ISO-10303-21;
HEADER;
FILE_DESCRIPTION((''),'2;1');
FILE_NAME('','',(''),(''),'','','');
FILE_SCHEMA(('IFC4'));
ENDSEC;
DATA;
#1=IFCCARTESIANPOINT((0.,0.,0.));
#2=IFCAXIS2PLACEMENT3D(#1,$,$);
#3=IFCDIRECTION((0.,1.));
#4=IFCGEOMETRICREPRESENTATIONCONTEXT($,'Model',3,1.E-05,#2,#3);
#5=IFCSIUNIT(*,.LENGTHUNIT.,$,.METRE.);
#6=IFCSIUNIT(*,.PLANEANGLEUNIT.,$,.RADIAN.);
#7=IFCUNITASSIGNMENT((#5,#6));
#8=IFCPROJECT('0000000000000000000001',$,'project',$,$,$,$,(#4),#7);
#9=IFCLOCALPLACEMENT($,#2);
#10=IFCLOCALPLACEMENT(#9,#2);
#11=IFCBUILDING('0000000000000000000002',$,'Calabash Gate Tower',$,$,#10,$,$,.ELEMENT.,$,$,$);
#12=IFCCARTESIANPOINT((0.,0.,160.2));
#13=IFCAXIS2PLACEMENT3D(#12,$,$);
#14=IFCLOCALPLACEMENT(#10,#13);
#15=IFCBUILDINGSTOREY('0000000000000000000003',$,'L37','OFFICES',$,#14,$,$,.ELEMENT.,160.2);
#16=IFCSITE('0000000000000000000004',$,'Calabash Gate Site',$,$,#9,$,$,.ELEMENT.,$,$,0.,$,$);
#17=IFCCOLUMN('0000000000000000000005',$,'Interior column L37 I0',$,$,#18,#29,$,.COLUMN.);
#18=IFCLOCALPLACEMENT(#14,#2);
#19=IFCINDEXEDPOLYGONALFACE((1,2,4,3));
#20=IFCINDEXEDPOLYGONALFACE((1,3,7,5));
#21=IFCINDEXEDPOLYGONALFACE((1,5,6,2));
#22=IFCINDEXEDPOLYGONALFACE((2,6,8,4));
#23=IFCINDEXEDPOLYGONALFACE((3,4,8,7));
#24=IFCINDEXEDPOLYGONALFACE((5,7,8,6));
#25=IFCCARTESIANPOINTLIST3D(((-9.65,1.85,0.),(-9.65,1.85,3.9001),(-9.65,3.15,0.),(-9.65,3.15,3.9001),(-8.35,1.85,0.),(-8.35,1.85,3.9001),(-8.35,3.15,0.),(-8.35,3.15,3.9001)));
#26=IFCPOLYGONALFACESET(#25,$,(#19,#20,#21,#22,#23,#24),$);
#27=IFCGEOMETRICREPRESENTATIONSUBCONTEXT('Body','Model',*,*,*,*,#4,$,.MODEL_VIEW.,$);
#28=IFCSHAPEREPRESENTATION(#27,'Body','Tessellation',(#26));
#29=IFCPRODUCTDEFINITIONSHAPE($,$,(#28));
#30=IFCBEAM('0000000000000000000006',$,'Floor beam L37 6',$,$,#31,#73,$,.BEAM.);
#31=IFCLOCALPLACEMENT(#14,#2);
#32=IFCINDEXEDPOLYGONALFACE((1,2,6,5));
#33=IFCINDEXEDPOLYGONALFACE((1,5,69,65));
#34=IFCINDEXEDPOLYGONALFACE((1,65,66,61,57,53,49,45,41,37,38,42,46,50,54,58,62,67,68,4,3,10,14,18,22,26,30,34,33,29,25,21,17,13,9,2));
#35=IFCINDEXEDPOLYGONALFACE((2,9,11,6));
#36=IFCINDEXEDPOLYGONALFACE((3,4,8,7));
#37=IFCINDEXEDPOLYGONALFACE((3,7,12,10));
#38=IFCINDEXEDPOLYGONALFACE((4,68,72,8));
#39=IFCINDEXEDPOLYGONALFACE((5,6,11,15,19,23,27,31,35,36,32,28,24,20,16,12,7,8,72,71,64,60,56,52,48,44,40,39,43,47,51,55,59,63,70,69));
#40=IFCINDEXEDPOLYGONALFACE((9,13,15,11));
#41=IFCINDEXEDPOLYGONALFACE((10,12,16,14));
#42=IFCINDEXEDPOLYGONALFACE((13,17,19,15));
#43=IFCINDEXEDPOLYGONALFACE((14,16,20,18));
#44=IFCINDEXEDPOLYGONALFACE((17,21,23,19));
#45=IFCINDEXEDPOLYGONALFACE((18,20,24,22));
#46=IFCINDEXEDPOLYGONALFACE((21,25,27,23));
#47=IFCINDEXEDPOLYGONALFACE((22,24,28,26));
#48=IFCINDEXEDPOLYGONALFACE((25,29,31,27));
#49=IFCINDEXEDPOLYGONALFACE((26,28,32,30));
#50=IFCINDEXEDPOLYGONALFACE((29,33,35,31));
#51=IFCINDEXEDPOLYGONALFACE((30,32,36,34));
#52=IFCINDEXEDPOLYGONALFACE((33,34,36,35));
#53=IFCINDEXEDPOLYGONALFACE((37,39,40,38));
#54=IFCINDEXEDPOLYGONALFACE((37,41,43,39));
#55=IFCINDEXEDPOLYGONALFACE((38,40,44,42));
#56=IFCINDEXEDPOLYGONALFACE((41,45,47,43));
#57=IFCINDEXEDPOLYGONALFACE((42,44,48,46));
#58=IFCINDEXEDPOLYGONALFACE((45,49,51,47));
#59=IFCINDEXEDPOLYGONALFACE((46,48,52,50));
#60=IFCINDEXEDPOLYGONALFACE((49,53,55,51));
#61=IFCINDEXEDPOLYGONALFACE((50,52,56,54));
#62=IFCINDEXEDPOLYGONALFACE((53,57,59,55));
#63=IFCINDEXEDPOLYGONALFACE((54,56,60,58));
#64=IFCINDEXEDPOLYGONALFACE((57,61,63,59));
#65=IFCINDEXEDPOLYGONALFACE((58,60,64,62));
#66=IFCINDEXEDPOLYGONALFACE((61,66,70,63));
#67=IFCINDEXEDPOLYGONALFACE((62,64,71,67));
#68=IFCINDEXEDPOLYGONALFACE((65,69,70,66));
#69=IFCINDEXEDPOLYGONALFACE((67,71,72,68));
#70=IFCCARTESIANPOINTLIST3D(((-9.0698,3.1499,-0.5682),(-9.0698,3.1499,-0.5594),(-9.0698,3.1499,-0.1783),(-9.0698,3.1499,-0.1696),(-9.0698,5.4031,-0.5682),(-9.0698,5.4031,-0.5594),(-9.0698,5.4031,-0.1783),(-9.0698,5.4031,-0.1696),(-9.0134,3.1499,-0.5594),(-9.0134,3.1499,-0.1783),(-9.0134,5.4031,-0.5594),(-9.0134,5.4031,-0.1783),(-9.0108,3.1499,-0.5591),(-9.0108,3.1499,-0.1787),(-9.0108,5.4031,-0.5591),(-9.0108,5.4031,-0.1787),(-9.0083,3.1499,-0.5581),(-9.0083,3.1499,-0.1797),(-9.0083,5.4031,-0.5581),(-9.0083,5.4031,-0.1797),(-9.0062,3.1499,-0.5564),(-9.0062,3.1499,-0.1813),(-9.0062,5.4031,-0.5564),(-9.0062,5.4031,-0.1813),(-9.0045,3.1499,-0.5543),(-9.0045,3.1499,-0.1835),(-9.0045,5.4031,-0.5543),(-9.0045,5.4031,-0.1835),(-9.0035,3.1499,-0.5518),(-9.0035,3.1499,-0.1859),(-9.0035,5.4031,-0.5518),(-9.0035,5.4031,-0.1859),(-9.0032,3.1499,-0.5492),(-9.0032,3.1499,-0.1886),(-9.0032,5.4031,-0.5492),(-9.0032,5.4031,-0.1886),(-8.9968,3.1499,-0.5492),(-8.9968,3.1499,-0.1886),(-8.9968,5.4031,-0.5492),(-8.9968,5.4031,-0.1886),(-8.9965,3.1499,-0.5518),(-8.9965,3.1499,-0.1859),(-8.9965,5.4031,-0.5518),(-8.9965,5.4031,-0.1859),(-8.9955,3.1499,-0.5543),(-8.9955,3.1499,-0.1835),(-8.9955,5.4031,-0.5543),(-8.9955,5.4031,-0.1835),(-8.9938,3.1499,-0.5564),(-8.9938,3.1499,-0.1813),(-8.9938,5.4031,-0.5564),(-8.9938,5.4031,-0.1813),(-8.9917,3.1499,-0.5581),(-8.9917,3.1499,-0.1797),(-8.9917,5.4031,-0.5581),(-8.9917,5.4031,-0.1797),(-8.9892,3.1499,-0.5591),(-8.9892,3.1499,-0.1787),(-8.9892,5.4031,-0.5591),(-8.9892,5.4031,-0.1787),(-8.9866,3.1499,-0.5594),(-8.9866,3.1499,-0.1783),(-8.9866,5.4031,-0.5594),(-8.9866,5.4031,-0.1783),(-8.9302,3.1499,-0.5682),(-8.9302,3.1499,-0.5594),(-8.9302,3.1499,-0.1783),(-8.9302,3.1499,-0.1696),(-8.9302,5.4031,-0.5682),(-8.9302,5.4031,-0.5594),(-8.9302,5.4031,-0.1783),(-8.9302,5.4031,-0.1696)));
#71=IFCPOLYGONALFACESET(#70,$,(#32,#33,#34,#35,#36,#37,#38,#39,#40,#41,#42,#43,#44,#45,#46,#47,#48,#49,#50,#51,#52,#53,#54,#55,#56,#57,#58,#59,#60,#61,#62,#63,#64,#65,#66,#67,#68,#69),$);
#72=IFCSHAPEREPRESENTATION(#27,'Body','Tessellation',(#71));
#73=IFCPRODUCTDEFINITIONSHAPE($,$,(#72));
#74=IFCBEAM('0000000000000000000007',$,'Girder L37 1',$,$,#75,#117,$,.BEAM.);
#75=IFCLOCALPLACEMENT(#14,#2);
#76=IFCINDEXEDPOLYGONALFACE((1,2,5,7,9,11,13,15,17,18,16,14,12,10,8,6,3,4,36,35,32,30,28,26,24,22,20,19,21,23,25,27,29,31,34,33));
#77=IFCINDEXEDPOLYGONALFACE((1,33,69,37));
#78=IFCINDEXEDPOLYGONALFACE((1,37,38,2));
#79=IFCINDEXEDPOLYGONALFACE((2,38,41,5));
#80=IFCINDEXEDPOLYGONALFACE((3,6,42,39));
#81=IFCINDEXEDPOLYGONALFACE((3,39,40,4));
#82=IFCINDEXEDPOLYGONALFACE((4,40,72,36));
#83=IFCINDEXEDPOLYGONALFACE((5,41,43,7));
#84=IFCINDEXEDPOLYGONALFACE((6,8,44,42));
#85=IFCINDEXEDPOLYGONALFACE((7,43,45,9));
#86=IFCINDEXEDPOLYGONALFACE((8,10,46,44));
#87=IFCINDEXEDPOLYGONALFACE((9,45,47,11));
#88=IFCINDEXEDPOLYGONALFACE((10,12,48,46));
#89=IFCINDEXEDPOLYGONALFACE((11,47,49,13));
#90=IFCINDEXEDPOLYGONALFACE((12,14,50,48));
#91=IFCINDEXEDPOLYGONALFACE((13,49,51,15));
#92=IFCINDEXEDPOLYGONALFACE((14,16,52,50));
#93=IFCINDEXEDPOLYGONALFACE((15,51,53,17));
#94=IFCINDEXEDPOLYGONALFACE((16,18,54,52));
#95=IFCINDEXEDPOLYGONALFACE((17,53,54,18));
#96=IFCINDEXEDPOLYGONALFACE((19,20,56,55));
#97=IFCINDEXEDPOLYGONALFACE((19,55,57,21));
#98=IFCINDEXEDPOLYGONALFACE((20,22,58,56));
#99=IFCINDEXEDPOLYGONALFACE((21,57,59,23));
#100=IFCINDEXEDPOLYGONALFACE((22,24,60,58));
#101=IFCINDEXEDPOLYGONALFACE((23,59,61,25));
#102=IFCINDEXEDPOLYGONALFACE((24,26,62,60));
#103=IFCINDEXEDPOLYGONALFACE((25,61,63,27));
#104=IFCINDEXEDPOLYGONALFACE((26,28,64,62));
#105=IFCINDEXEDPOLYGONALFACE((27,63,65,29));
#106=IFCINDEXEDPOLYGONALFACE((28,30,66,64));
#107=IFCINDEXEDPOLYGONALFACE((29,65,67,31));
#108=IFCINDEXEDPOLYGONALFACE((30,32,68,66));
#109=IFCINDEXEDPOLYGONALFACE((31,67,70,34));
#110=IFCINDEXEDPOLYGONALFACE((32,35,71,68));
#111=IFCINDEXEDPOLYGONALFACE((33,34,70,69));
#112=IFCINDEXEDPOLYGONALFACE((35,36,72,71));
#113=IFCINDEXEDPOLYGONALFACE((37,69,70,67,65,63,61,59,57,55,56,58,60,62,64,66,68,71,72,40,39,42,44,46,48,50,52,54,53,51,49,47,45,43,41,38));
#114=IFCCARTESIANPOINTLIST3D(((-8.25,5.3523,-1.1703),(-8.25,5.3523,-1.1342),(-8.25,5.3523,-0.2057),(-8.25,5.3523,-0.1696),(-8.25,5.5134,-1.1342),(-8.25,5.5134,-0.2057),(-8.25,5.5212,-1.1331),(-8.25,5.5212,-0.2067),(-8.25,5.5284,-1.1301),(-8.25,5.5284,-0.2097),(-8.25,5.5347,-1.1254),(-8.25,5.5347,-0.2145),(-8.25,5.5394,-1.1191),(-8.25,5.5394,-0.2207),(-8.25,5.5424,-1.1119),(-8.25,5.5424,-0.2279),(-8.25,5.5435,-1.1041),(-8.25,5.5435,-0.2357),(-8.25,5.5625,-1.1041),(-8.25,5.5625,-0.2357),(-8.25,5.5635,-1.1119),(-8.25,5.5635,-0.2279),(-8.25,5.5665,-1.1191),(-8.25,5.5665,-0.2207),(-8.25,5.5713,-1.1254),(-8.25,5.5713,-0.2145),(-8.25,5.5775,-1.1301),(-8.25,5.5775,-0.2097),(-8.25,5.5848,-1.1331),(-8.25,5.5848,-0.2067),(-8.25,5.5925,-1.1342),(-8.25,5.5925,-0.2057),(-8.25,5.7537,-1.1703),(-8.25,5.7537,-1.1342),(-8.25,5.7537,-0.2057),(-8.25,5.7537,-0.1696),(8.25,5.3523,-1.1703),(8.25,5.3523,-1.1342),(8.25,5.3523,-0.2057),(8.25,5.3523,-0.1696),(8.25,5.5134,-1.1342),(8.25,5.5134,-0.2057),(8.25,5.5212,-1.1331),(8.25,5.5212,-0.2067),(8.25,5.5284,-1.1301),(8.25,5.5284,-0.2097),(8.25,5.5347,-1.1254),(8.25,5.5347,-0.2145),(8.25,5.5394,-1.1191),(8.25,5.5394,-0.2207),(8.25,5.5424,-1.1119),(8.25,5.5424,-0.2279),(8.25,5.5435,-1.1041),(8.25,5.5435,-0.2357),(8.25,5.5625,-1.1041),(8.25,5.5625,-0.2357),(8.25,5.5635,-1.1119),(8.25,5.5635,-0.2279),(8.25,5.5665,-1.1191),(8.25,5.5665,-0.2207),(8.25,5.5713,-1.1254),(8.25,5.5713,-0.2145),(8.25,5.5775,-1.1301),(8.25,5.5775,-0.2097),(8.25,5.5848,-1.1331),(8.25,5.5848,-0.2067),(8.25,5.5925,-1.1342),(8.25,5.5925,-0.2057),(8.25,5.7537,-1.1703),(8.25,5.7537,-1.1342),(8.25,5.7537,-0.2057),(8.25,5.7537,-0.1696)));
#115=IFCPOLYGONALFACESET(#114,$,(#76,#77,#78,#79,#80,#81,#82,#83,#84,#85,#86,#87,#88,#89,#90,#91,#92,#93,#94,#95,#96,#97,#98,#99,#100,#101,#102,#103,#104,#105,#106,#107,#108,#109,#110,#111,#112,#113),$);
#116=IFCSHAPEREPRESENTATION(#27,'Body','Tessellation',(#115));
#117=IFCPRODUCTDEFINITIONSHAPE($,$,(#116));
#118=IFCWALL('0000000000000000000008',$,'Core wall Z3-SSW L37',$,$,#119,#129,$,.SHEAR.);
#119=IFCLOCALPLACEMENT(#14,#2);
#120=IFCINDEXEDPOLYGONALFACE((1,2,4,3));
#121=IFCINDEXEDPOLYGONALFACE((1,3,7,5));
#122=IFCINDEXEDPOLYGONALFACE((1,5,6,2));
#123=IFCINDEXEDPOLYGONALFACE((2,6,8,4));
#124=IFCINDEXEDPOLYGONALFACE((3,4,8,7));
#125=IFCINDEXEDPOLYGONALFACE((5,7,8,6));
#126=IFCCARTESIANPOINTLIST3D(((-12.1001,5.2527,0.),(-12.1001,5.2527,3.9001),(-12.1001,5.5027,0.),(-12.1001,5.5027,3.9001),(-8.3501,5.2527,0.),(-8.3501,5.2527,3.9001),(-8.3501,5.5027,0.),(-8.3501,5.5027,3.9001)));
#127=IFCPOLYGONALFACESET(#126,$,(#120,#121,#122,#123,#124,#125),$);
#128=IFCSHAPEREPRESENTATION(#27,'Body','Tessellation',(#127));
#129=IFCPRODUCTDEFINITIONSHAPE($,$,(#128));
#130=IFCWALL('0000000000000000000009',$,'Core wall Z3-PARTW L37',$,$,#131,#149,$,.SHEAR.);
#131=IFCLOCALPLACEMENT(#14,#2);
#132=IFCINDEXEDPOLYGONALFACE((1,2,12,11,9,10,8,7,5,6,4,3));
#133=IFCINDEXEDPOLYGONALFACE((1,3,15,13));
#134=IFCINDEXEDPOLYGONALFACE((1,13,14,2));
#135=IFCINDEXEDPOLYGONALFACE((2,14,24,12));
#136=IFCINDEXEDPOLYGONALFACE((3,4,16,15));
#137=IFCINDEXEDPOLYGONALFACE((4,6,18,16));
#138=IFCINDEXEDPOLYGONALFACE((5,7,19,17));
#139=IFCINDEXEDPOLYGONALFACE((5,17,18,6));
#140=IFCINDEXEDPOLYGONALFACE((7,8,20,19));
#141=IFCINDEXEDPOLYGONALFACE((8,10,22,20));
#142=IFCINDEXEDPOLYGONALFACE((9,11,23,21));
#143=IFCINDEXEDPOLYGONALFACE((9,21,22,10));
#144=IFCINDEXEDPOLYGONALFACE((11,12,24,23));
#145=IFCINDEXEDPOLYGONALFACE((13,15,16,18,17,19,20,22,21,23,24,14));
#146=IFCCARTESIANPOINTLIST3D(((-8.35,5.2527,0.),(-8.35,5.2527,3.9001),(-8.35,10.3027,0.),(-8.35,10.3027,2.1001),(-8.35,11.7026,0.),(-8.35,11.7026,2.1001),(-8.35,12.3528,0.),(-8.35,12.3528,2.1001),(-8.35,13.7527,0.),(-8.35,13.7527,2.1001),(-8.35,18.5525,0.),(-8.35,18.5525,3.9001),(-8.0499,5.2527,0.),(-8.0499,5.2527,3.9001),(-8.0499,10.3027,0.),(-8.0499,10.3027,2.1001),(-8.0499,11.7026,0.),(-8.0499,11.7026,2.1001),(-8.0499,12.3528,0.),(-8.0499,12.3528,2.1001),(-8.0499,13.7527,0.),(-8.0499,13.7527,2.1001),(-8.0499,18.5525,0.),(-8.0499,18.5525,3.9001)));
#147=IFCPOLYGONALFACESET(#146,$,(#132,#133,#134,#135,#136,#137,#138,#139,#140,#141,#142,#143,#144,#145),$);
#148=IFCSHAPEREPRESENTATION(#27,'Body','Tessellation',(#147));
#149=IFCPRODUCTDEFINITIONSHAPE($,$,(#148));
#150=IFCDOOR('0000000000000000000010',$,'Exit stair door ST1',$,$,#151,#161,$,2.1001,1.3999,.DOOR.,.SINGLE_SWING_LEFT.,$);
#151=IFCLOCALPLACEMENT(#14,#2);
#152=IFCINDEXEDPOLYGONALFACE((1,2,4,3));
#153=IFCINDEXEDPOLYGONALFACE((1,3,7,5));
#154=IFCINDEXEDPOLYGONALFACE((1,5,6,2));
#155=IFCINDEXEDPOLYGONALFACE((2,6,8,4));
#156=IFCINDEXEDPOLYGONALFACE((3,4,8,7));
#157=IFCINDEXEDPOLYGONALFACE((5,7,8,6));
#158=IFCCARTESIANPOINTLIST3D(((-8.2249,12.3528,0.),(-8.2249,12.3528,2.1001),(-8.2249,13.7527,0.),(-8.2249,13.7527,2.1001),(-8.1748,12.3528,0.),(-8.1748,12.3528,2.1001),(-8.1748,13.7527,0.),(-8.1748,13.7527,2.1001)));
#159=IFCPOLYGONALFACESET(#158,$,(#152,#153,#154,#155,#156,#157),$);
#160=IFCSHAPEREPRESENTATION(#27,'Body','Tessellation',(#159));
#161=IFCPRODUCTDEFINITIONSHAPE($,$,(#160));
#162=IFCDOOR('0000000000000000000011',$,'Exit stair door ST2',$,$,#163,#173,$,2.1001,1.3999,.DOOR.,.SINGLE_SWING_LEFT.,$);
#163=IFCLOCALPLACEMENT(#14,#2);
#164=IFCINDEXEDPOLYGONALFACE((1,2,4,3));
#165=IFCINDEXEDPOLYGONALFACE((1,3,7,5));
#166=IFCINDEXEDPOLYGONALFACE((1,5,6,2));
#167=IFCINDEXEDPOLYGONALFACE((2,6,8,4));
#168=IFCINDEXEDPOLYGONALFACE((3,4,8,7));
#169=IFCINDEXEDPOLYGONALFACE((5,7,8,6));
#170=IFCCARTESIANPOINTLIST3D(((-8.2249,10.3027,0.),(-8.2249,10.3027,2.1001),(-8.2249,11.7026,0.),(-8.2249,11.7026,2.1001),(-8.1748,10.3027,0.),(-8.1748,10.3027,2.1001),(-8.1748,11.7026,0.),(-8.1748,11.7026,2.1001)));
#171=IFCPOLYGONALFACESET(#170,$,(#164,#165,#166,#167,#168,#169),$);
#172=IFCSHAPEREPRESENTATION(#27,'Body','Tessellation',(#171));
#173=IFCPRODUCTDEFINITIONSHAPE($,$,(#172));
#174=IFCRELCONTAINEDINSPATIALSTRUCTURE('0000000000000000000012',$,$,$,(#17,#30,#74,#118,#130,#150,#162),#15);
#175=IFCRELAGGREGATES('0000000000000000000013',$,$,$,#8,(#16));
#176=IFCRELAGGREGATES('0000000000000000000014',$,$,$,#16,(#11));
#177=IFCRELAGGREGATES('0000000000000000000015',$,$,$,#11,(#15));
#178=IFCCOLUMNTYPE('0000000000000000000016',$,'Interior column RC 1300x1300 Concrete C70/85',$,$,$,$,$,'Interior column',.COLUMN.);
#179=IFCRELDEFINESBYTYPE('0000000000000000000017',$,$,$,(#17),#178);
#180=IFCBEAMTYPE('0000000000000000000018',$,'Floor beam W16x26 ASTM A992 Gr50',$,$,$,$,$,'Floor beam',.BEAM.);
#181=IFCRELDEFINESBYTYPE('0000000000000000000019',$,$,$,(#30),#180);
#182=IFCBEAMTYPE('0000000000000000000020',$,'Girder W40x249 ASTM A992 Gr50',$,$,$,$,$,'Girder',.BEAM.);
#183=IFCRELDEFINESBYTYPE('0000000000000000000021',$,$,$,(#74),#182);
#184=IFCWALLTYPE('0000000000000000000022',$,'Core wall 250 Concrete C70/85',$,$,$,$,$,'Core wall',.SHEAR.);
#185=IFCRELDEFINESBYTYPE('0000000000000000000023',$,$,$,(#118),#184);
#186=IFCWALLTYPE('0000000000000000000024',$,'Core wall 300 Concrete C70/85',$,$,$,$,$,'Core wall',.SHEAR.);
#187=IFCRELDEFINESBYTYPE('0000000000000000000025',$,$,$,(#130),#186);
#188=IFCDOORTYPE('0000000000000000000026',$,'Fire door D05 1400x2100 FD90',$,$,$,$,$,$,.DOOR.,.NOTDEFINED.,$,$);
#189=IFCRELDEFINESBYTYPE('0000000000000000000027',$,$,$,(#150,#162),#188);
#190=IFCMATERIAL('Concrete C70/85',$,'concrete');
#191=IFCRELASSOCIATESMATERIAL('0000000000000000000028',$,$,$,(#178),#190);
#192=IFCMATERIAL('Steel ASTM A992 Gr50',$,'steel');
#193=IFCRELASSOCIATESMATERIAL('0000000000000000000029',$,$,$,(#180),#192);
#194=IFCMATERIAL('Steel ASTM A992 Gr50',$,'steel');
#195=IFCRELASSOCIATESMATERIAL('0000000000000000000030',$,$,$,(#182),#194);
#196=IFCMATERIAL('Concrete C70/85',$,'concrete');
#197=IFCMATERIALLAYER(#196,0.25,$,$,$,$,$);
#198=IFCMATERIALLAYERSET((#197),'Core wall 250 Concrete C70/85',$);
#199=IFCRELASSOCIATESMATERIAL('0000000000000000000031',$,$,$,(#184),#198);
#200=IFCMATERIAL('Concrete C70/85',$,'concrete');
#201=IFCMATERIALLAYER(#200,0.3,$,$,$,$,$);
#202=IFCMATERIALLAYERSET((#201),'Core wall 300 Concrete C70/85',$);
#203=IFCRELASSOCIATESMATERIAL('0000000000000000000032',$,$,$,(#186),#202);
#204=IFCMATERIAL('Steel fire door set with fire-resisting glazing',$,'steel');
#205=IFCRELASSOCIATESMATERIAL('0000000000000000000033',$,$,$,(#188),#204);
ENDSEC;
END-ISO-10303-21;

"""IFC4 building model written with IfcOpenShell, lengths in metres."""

from ifc_helpers import new_model, si_unit, direction, frame, frame_2d, origin, origin_2d, place, context, subcontext, project, spatial, rectangle, i_section, extrude, material, layer, layer_set, material_profile, profile_set, type_object, element, fill, save


model = new_model("IFC4")

# Units and contexts
model_context = context("Model", 3, precision=1e-05, world=origin(), true_north=direction((0.0, 1.0)))
body_context = subcontext(model_context, "Body", "Model", "MODEL_VIEW")
ifc_project = project(units=[si_unit("LENGTHUNIT", "METRE"), si_unit("PLANEANGLEUNIT", "RADIAN")], contexts=[model_context])

# Site, building, storey
site_placement = place(None, origin())
site = spatial("IfcSite", under=ifc_project, at=site_placement, Name="Calabash Gate Site", CompositionType="ELEMENT", RefElevation=0.0)
building_placement = place(site_placement, origin())
building = spatial("IfcBuilding", under=site, at=building_placement, Name="Calabash Gate Tower", CompositionType="ELEMENT")
storey_placement = place(building_placement, frame((0.0, 0.0, 160.2)))
storey = spatial("IfcBuildingStorey", under=building, at=storey_placement, Name="L37", Description="OFFICES", CompositionType="ELEMENT", Elevation=160.2)

# Column
ifc_material_1 = material(Name="Concrete C70/85", Category="concrete")
ifc_material_profile_1 = material_profile(ifc_material_1, rectangle(XDim=1.3, YDim=1.3, at=origin_2d()))
ifc_profile_set_1 = profile_set([ifc_material_profile_1], Name="Concrete C70/85")
column_type = type_object("IfcColumnType", Name="Interior column RC 1300x1300 Concrete C70/85", ElementType="Interior column", PredefinedType="COLUMN", material=ifc_profile_set_1)
column_placement = place(storey_placement, frame((-9.0, 2.5, 0.0), z_axis=(0.0, 0.0, 1.0), x_axis=(1.0, 0.0, 0.0)))
element("IfcColumn", 1, at=column_placement, inside=storey, type_object=column_type, Name="Interior column L37 I0", PredefinedType="COLUMN", context=body_context, shape_type="SweptSolid", body=[
    extrude(rectangle(XDim=1.3, YDim=1.3, at=origin_2d()), origin(), (0.0, 0.0, 1.0), 3.9001),
])

# Beams
ifc_material_2 = material(Name="Steel ASTM A992 Gr50", Category="steel")
ifc_material_profile_2 = material_profile(ifc_material_2, i_section(OverallWidth=0.1396, OverallDepth=0.3987, WebThickness=0.0063, FlangeThickness=0.0088, FilletRadius=0.0103, at=origin_2d()))
ifc_profile_set_2 = profile_set([ifc_material_profile_2], Name="Steel ASTM A992 Gr50")
beam_type_1 = type_object("IfcBeamType", Name="Floor beam W16x26 ASTM A992 Gr50", ElementType="Floor beam", PredefinedType="BEAM", material=ifc_profile_set_2)
beam_1_placement = place(storey_placement, frame((-9.0, 3.1499, -0.3689), z_axis=(0.0, 1.0, 0.0), x_axis=(-1.0, 0.0, 0.0)))
element("IfcBeam", 2, at=beam_1_placement, inside=storey, type_object=beam_type_1, Name="Floor beam L37 6", PredefinedType="BEAM", context=body_context, shape_type="SweptSolid", body=[
    extrude(i_section(OverallWidth=0.1396, OverallDepth=0.3987, WebThickness=0.0063, FlangeThickness=0.0088, FilletRadius=0.0103, at=origin_2d()), origin(), (0.0, 0.0, 1.0), 2.2532),
])
ifc_material_3 = material(Name="Steel ASTM A992 Gr50", Category="steel")
ifc_material_profile_3 = material_profile(ifc_material_3, i_section(OverallWidth=0.4014, OverallDepth=1.0007, WebThickness=0.019, FlangeThickness=0.0361, FilletRadius=0.03, at=origin_2d()))
ifc_profile_set_3 = profile_set([ifc_material_profile_3], Name="Steel ASTM A992 Gr50")
beam_type_2 = type_object("IfcBeamType", Name="Girder W40x249 ASTM A992 Gr50", ElementType="Girder", PredefinedType="BEAM", material=ifc_profile_set_3)
beam_2_placement = place(storey_placement, frame((-8.25, 5.553, -0.6699), z_axis=(1.0, 0.0, 0.0), x_axis=(0.0, 1.0, 0.0)))
element("IfcBeam", 3, at=beam_2_placement, inside=storey, type_object=beam_type_2, Name="Girder L37 1", PredefinedType="BEAM", context=body_context, shape_type="SweptSolid", body=[
    extrude(i_section(OverallWidth=0.4014, OverallDepth=1.0007, WebThickness=0.019, FlangeThickness=0.0361, FilletRadius=0.03, at=origin_2d()), origin(), (0.0, 0.0, 1.0), 16.5),
])

# Wall
ifc_material_4 = material(Name="Concrete C70/85", Category="concrete")
ifc_layer_1 = layer(ifc_material_4, 0.25)
ifc_layer_set_1 = layer_set([ifc_layer_1], Name="Core wall 250 Concrete C70/85")
wall_type_1 = type_object("IfcWallType", Name="Core wall 250 Concrete C70/85", ElementType="Core wall", PredefinedType="SHEAR", material=ifc_layer_set_1)
wall_1_placement = place(storey_placement, frame((-12.1001, 5.3777, 0.0), z_axis=(0.0, 0.0, 1.0), x_axis=(1.0, 0.0, 0.0)))
element("IfcWall", 4, at=wall_1_placement, inside=storey, type_object=wall_type_1, Name="Core wall Z3-SSW L37", PredefinedType="SHEAR", context=body_context, shape_type="SweptSolid", body=[
    extrude(rectangle(XDim=3.75, YDim=0.25, at=frame_2d((1.875, 0.0))), origin(), (0.0, 0.0, 1.0), 3.9001),
])

# Wall, openings, doors
ifc_material_5 = material(Name="Concrete C70/85", Category="concrete")
ifc_layer_2 = layer(ifc_material_5, 0.3)
ifc_layer_set_2 = layer_set([ifc_layer_2], Name="Core wall 300 Concrete C70/85")
wall_type_2 = type_object("IfcWallType", Name="Core wall 300 Concrete C70/85", ElementType="Core wall", PredefinedType="SHEAR", material=ifc_layer_set_2)
wall_2_placement = place(storey_placement, frame((-8.2, 5.2527, 0.0), z_axis=(0.0, 0.0, 1.0), x_axis=(0.0, 1.0, 0.0)))
wall_2 = element("IfcWall", 5, at=wall_2_placement, inside=storey, type_object=wall_type_2, Name="Core wall Z3-PARTW L37", PredefinedType="SHEAR", context=body_context, shape_type="SweptSolid", body=[
    extrude(rectangle(XDim=13.2998, YDim=0.3, at=frame_2d((6.6499, 0.0))), origin(), (0.0, 0.0, 1.0), 3.9001),
])
opening_1_placement = place(wall_2_placement, frame((7.1001, 0.0, 0.0)))
opening_1 = element("IfcOpeningElement", 6, at=opening_1_placement, cuts=wall_2, PredefinedType="OPENING", context=body_context, shape_type="SweptSolid", body=[
    extrude(rectangle(XDim=1.3999, YDim=2.1001, at=frame_2d((0.7, 1.05))), frame((0.0, 0.1599, 0.0), z_axis=(0.0, -1.0, 0.0), x_axis=(1.0, 0.0, 0.0)), (0.0, 0.0, 1.0), 0.3201),
])
opening_2_placement = place(wall_2_placement, frame((5.05, 0.0, 0.0)))
opening_2 = element("IfcOpeningElement", 7, at=opening_2_placement, cuts=wall_2, PredefinedType="OPENING", context=body_context, shape_type="SweptSolid", body=[
    extrude(rectangle(XDim=1.3999, YDim=2.1001, at=frame_2d((0.7, 1.05))), frame((0.0, 0.1599, 0.0), z_axis=(0.0, -1.0, 0.0), x_axis=(1.0, 0.0, 0.0)), (0.0, 0.0, 1.0), 0.3201),
])
ifc_material_6 = material(Name="Steel fire door set with fire-resisting glazing", Category="steel")
door_type_1 = type_object("IfcDoorType", Name="Fire door D05 1400x2100 FD90", OperationType="NOTDEFINED", PredefinedType="DOOR", material=ifc_material_6)
door_1_placement = place(opening_1_placement, origin())
door_1 = element("IfcDoor", 8, at=door_1_placement, inside=storey, type_object=door_type_1, Name="Exit stair door ST1", OperationType="SINGLE_SWING_LEFT", OverallHeight=2.1001, OverallWidth=1.3999, PredefinedType="DOOR", context=body_context, shape_type="SweptSolid", body=[
    extrude(rectangle(XDim=1.3999, YDim=2.1001, at=frame_2d((0.7, 1.05))), frame((0.0, 0.0249, 0.0), z_axis=(0.0, -1.0, 0.0), x_axis=(1.0, 0.0, 0.0)), (0.0, 0.0, 1.0), 0.05),
])
fill(opening_1, door_1)
door_2_placement = place(opening_2_placement, origin())
door_2 = element("IfcDoor", 9, at=door_2_placement, inside=storey, type_object=door_type_1, Name="Exit stair door ST2", OperationType="SINGLE_SWING_LEFT", OverallHeight=2.1001, OverallWidth=1.3999, PredefinedType="DOOR", context=body_context, shape_type="SweptSolid", body=[
    extrude(rectangle(XDim=1.3999, YDim=2.1001, at=frame_2d((0.7, 1.05))), frame((0.0, 0.0249, 0.0), z_axis=(0.0, -1.0, 0.0), x_axis=(1.0, 0.0, 0.0)), (0.0, 0.0, 1.0), 0.05),
])
fill(opening_2, door_2)

save(model, "model.ifc")
